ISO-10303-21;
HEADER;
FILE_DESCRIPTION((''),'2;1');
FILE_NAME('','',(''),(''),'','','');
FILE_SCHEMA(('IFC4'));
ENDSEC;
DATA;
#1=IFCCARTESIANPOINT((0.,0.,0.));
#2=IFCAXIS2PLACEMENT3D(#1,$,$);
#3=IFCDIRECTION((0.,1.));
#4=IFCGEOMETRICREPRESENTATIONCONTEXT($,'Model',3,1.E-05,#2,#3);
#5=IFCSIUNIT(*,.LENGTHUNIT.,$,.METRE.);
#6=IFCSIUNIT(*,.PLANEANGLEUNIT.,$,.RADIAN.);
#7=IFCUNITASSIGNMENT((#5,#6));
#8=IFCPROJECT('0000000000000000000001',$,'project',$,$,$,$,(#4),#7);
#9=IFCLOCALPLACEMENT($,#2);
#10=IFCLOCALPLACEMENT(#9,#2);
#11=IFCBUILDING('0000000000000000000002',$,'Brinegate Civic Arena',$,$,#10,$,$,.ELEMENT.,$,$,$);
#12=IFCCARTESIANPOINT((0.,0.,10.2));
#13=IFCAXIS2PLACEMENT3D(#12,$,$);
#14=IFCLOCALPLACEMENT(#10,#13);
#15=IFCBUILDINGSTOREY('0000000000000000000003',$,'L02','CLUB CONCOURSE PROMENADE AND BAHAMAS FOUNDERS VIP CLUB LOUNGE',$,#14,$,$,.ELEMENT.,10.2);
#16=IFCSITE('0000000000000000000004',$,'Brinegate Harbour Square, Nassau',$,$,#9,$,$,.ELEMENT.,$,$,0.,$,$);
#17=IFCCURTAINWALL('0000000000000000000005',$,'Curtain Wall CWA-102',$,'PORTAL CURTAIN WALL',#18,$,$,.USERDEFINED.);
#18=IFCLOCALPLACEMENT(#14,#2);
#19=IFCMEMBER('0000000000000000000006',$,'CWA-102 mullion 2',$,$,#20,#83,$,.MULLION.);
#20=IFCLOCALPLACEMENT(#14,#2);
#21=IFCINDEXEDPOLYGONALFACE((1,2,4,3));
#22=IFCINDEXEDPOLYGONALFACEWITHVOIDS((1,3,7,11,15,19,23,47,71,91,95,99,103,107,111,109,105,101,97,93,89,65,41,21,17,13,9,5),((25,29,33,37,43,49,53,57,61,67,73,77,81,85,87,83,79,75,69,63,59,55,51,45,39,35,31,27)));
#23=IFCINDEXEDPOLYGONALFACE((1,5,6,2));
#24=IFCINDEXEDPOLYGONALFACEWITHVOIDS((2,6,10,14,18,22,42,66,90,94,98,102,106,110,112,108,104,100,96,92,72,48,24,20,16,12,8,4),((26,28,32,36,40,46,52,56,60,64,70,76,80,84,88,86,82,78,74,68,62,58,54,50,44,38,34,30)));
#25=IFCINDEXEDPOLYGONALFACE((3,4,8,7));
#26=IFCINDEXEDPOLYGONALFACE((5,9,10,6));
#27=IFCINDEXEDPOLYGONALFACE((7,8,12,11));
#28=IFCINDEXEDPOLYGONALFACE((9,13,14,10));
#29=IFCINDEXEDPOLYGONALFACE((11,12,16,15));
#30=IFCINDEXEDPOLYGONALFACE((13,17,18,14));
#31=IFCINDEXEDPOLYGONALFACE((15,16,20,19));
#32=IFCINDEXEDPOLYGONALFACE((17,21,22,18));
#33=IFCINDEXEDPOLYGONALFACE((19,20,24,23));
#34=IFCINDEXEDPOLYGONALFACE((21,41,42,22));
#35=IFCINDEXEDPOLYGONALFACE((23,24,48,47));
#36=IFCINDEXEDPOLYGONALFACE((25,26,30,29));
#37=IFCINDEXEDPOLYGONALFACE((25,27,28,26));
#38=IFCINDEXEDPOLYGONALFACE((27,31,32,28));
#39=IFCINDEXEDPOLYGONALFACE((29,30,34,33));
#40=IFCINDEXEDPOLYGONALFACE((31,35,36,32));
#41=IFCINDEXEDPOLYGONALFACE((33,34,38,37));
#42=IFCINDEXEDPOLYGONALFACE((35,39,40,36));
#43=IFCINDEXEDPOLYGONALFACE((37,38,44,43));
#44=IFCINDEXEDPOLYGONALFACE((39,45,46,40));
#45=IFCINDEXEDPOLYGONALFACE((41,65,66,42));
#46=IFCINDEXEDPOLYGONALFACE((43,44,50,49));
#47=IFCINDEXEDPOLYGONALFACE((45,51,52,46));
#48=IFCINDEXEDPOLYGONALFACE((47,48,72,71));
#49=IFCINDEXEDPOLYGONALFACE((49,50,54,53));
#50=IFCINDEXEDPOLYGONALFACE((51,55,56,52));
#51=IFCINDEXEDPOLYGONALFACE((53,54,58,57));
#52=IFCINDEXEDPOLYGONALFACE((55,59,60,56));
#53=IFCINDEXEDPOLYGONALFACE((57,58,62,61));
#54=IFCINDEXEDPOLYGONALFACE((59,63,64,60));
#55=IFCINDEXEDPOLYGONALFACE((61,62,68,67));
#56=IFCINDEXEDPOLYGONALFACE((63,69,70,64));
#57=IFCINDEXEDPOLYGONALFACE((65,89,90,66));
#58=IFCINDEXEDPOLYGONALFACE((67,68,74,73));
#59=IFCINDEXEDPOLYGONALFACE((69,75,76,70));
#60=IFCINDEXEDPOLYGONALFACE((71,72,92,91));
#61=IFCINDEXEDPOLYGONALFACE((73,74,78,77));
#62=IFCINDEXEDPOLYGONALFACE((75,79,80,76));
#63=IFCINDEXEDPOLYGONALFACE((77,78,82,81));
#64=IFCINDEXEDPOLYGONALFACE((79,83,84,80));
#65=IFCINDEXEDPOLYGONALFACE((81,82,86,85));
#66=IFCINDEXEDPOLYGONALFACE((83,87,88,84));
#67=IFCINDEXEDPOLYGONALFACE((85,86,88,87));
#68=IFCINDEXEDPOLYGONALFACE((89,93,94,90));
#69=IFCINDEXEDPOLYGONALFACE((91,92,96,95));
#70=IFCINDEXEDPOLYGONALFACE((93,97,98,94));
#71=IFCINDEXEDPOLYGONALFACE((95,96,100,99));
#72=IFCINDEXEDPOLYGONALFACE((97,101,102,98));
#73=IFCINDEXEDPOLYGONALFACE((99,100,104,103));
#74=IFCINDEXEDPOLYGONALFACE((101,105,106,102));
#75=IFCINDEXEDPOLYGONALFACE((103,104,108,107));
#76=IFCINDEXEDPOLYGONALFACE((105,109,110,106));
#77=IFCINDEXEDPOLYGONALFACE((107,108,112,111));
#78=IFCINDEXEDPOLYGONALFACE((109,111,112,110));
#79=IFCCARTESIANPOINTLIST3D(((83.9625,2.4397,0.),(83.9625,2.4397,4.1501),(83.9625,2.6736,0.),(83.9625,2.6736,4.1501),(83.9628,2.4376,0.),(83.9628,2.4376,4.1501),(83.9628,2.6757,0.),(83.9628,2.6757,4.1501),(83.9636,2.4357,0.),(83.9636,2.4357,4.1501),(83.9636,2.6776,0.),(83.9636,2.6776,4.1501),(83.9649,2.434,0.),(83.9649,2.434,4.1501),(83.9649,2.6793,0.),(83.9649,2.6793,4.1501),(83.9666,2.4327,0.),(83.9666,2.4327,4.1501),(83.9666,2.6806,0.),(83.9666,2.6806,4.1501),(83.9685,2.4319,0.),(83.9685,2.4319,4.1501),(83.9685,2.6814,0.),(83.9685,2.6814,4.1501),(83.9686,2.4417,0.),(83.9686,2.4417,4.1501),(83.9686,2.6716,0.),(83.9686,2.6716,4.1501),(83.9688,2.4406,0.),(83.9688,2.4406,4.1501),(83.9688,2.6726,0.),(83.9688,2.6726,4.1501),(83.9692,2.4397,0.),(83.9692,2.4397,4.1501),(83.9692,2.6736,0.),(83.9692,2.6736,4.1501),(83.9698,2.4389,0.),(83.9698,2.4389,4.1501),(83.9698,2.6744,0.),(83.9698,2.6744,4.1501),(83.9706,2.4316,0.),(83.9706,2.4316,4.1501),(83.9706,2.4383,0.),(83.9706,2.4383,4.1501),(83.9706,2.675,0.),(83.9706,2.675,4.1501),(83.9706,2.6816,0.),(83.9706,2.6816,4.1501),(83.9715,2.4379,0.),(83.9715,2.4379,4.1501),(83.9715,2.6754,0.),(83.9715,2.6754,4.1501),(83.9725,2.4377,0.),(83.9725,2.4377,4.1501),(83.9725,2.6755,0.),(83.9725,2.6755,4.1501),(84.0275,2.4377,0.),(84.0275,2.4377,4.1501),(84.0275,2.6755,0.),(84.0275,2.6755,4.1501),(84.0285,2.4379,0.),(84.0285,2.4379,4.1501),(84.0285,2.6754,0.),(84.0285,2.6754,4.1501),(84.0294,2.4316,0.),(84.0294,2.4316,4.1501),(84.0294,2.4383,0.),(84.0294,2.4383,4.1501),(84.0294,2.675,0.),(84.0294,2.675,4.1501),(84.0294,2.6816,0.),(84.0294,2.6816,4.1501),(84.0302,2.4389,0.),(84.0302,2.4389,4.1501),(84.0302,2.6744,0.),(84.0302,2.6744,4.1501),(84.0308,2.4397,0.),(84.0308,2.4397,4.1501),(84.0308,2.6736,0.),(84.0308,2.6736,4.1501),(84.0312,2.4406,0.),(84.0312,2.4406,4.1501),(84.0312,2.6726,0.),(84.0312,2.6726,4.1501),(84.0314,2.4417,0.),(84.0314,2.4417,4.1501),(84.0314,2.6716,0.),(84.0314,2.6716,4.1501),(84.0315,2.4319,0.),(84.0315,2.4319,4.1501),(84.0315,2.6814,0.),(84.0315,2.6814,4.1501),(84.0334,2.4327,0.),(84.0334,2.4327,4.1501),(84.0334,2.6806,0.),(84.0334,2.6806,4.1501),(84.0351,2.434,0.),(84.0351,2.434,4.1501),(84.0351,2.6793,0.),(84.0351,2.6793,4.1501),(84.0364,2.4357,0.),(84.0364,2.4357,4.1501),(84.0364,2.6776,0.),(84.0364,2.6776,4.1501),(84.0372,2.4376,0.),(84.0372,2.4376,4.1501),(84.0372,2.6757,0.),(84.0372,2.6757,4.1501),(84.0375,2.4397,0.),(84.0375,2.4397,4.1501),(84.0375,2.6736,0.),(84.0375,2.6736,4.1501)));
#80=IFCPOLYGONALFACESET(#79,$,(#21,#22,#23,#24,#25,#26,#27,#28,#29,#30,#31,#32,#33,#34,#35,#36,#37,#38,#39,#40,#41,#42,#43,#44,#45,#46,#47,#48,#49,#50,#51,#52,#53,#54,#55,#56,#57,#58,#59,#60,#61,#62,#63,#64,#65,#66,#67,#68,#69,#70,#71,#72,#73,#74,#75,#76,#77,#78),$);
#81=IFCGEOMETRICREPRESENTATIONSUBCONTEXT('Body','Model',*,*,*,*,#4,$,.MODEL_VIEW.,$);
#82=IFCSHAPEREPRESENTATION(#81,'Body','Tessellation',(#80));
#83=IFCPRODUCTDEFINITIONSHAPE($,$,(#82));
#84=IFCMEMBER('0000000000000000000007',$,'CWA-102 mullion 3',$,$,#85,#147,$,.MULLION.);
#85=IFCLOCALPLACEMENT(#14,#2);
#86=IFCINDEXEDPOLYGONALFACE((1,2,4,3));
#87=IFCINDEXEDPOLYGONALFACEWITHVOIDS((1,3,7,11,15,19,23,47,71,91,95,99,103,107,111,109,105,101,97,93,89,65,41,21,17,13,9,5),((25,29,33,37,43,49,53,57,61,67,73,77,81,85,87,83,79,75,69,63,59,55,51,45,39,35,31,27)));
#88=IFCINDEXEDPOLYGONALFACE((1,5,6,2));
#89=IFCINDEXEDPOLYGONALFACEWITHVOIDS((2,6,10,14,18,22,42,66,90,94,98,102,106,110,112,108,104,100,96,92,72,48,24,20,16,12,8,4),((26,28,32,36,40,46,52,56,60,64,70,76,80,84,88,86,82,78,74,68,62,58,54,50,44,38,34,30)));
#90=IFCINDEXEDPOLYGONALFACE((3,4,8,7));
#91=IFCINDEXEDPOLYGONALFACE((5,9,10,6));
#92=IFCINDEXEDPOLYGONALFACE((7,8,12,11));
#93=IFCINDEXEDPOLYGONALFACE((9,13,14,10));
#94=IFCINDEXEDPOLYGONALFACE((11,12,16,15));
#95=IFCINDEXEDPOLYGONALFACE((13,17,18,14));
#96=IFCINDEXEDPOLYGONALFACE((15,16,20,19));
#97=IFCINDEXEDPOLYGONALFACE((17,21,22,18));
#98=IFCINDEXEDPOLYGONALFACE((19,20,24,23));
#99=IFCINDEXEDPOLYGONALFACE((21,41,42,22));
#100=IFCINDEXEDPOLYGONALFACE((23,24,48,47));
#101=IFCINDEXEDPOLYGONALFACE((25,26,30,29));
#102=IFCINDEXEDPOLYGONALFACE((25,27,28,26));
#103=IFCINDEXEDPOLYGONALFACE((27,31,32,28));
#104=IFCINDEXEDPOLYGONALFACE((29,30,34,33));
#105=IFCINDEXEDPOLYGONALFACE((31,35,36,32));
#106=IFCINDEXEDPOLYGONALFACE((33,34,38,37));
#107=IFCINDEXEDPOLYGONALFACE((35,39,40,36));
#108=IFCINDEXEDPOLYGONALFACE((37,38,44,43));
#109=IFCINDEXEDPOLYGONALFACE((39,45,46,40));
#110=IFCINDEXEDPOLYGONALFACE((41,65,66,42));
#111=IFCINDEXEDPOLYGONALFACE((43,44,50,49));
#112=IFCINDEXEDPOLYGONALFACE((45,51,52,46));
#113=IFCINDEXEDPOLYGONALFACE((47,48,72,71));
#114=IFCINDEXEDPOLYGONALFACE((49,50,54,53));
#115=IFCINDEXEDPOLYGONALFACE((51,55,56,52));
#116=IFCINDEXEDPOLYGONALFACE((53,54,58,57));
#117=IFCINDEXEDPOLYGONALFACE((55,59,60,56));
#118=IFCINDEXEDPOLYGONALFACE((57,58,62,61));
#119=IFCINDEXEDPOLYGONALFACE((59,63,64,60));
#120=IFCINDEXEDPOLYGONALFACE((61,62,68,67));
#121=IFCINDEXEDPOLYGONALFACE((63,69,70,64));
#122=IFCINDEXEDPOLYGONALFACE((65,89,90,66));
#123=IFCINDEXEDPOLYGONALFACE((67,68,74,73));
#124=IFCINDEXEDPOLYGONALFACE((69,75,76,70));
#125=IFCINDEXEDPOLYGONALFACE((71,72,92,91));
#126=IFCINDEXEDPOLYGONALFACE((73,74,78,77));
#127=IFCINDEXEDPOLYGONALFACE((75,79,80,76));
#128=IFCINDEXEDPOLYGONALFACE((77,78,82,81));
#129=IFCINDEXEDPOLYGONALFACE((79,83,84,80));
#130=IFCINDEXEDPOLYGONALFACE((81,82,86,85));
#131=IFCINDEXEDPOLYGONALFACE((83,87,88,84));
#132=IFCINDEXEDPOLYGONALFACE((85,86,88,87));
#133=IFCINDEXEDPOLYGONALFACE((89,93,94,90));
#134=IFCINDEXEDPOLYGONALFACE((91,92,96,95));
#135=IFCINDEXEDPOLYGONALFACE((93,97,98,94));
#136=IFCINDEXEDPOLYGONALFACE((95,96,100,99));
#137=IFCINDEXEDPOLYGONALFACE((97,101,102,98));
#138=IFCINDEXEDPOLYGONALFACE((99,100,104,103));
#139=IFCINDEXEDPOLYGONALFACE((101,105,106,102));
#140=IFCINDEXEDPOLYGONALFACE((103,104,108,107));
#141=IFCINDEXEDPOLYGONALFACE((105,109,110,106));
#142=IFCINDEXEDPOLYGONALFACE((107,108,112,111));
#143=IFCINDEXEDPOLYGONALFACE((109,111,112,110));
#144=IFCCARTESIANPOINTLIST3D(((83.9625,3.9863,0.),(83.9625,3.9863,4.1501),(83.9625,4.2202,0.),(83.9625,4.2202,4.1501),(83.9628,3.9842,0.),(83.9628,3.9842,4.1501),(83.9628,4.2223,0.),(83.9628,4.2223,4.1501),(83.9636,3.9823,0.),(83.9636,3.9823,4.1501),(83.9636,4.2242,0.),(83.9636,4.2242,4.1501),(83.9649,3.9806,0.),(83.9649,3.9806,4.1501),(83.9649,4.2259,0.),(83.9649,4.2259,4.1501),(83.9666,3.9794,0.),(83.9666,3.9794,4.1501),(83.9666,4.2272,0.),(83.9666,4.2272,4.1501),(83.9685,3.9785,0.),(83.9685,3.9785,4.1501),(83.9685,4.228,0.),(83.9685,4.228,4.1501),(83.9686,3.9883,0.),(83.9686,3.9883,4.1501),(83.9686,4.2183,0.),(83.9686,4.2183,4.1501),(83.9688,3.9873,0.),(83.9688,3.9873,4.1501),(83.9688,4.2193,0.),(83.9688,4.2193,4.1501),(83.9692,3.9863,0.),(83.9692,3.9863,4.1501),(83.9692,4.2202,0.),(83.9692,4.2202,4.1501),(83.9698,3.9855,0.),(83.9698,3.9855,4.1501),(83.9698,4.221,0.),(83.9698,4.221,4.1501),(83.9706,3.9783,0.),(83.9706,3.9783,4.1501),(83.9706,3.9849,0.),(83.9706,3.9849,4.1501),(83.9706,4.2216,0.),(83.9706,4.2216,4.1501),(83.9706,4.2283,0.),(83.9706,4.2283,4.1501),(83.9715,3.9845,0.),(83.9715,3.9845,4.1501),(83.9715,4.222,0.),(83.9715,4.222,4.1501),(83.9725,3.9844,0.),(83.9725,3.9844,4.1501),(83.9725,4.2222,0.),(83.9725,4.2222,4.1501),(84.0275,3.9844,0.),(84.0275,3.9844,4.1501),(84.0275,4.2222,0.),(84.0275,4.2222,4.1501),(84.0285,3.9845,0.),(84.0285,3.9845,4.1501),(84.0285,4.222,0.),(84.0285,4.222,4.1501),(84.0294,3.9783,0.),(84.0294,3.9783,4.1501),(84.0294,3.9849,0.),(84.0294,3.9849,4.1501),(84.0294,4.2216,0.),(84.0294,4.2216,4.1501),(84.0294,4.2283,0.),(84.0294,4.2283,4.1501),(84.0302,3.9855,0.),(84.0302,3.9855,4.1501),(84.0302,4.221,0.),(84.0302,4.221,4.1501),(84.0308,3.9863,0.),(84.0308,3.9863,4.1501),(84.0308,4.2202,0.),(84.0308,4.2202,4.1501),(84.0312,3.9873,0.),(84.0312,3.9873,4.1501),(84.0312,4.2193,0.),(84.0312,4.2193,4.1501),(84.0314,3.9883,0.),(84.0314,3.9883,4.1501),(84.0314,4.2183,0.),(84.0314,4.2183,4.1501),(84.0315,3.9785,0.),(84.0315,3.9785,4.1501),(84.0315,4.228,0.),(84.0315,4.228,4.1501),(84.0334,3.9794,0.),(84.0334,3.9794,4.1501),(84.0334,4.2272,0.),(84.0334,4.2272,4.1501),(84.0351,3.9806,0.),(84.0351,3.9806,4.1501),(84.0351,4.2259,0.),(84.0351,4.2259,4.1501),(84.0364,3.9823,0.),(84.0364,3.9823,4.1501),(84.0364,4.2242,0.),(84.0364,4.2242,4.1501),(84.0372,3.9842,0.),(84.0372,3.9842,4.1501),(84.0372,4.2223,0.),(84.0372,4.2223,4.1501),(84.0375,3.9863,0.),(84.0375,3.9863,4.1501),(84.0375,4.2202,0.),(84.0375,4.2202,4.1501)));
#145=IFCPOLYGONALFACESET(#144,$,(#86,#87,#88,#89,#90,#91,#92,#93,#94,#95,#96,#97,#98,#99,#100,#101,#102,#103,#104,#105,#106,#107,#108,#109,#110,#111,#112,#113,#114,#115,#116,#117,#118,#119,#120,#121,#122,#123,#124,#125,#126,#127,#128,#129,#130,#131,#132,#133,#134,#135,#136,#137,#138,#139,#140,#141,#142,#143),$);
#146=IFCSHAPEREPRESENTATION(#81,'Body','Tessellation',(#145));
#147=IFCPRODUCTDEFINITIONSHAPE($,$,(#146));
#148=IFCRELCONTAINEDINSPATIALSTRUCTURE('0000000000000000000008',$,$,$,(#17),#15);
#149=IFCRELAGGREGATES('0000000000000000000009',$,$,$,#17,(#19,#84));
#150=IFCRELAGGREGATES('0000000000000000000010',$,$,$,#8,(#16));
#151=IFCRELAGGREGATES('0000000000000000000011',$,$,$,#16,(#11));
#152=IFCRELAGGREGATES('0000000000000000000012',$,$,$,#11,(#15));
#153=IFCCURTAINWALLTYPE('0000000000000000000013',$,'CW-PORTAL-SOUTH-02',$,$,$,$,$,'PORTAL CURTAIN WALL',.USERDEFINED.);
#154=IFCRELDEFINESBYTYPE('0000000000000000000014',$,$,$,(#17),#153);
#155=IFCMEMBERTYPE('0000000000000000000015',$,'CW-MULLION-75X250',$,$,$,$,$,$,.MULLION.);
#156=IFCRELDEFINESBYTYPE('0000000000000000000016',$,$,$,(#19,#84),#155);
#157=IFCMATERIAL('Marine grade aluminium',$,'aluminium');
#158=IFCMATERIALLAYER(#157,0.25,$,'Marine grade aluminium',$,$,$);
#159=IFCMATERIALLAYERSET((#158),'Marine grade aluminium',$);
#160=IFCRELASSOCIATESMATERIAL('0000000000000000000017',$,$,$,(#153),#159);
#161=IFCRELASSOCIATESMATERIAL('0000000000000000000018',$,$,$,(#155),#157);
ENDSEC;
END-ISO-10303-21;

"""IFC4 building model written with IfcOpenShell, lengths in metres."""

from ifc_helpers import new_model, si_unit, direction, frame, origin, origin_2d, place, context, subcontext, project, spatial, hollow_rectangle, extrude, material, layer, layer_set, material_profile, profile_set, type_object, element, aggregate, save


model = new_model("IFC4")

# Units and contexts
model_context = context("Model", 3, precision=1e-05, world=origin(), true_north=direction((0.0, 1.0)))
body_context = subcontext(model_context, "Body", "Model", "MODEL_VIEW")
ifc_project = project(units=[si_unit("LENGTHUNIT", "METRE"), si_unit("PLANEANGLEUNIT", "RADIAN")], contexts=[model_context])

# Site, building, storey
site_placement = place(None, origin())
site = spatial("IfcSite", under=ifc_project, at=site_placement, Name="Brinegate Harbour Square, Nassau", CompositionType="ELEMENT", RefElevation=0.0)
building_placement = place(site_placement, origin())
building = spatial("IfcBuilding", under=site, at=building_placement, Name="Brinegate Civic Arena", CompositionType="ELEMENT")
storey_placement = place(building_placement, frame((0.0, 0.0, 10.2)))
storey = spatial("IfcBuildingStorey", under=building, at=storey_placement, Name="L02", Description="CLUB CONCOURSE PROMENADE AND BAHAMAS FOUNDERS VIP CLUB LOUNGE", CompositionType="ELEMENT", Elevation=10.2)

# Curtain wall, members
ifc_material_1 = material(Name="Marine grade aluminium", Category="aluminium")
ifc_layer_1 = layer(ifc_material_1, 0.25, Name="Marine grade aluminium")
ifc_layer_set_1 = layer_set([ifc_layer_1], Name="Marine grade aluminium")
curtain_wall_type = type_object("IfcCurtainWallType", Name="CW-PORTAL-SOUTH-02", ElementType="PORTAL CURTAIN WALL", PredefinedType="USERDEFINED", material=ifc_layer_set_1)
curtain_wall_placement = place(storey_placement, origin())
curtain_wall = element("IfcCurtainWall", 1, at=curtain_wall_placement, inside=storey, type_object=curtain_wall_type, Name="Curtain Wall CWA-102", ObjectType="PORTAL CURTAIN WALL", PredefinedType="USERDEFINED")
ifc_material_profile_1 = material_profile(ifc_material_1, hollow_rectangle(XDim=0.075, YDim=0.25, WallThickness=0.0061, InnerFilletRadius=0.0039, OuterFilletRadius=0.0081, at=origin_2d()), Name="MUL75X250")
ifc_profile_set_1 = profile_set([ifc_material_profile_1], Name="Marine grade aluminium")
member_type_1 = type_object("IfcMemberType", Name="CW-MULLION-75X250", PredefinedType="MULLION", material=ifc_profile_set_1)
member_1_placement = place(storey_placement, frame((84.0, 2.5566, 0.0), z_axis=(0.0, 0.0, 1.0), x_axis=(-1.0, 0.0, 0.0)))
member_1 = element("IfcMember", 2, at=member_1_placement, type_object=member_type_1, Name="CWA-102 mullion 2", PredefinedType="MULLION", context=body_context, shape_type="SweptSolid", body=[
    extrude(hollow_rectangle(XDim=0.075, YDim=0.25, WallThickness=0.0061, InnerFilletRadius=0.0039, OuterFilletRadius=0.0081, at=origin_2d()), origin(), (0.0, 0.0, 1.0), 4.1501),
])
member_2_placement = place(storey_placement, frame((84.0, 4.1033, 0.0), z_axis=(0.0, 0.0, 1.0), x_axis=(-1.0, 0.0, 0.0)))
member_2 = element("IfcMember", 3, at=member_2_placement, type_object=member_type_1, Name="CWA-102 mullion 3", PredefinedType="MULLION", context=body_context, shape_type="SweptSolid", body=[
    extrude(hollow_rectangle(XDim=0.075, YDim=0.25, WallThickness=0.0061, InnerFilletRadius=0.0039, OuterFilletRadius=0.0081, at=origin_2d()), origin(), (0.0, 0.0, 1.0), 4.1501),
])
aggregate(curtain_wall, [member_1, member_2])

save(model, "model.ifc")
